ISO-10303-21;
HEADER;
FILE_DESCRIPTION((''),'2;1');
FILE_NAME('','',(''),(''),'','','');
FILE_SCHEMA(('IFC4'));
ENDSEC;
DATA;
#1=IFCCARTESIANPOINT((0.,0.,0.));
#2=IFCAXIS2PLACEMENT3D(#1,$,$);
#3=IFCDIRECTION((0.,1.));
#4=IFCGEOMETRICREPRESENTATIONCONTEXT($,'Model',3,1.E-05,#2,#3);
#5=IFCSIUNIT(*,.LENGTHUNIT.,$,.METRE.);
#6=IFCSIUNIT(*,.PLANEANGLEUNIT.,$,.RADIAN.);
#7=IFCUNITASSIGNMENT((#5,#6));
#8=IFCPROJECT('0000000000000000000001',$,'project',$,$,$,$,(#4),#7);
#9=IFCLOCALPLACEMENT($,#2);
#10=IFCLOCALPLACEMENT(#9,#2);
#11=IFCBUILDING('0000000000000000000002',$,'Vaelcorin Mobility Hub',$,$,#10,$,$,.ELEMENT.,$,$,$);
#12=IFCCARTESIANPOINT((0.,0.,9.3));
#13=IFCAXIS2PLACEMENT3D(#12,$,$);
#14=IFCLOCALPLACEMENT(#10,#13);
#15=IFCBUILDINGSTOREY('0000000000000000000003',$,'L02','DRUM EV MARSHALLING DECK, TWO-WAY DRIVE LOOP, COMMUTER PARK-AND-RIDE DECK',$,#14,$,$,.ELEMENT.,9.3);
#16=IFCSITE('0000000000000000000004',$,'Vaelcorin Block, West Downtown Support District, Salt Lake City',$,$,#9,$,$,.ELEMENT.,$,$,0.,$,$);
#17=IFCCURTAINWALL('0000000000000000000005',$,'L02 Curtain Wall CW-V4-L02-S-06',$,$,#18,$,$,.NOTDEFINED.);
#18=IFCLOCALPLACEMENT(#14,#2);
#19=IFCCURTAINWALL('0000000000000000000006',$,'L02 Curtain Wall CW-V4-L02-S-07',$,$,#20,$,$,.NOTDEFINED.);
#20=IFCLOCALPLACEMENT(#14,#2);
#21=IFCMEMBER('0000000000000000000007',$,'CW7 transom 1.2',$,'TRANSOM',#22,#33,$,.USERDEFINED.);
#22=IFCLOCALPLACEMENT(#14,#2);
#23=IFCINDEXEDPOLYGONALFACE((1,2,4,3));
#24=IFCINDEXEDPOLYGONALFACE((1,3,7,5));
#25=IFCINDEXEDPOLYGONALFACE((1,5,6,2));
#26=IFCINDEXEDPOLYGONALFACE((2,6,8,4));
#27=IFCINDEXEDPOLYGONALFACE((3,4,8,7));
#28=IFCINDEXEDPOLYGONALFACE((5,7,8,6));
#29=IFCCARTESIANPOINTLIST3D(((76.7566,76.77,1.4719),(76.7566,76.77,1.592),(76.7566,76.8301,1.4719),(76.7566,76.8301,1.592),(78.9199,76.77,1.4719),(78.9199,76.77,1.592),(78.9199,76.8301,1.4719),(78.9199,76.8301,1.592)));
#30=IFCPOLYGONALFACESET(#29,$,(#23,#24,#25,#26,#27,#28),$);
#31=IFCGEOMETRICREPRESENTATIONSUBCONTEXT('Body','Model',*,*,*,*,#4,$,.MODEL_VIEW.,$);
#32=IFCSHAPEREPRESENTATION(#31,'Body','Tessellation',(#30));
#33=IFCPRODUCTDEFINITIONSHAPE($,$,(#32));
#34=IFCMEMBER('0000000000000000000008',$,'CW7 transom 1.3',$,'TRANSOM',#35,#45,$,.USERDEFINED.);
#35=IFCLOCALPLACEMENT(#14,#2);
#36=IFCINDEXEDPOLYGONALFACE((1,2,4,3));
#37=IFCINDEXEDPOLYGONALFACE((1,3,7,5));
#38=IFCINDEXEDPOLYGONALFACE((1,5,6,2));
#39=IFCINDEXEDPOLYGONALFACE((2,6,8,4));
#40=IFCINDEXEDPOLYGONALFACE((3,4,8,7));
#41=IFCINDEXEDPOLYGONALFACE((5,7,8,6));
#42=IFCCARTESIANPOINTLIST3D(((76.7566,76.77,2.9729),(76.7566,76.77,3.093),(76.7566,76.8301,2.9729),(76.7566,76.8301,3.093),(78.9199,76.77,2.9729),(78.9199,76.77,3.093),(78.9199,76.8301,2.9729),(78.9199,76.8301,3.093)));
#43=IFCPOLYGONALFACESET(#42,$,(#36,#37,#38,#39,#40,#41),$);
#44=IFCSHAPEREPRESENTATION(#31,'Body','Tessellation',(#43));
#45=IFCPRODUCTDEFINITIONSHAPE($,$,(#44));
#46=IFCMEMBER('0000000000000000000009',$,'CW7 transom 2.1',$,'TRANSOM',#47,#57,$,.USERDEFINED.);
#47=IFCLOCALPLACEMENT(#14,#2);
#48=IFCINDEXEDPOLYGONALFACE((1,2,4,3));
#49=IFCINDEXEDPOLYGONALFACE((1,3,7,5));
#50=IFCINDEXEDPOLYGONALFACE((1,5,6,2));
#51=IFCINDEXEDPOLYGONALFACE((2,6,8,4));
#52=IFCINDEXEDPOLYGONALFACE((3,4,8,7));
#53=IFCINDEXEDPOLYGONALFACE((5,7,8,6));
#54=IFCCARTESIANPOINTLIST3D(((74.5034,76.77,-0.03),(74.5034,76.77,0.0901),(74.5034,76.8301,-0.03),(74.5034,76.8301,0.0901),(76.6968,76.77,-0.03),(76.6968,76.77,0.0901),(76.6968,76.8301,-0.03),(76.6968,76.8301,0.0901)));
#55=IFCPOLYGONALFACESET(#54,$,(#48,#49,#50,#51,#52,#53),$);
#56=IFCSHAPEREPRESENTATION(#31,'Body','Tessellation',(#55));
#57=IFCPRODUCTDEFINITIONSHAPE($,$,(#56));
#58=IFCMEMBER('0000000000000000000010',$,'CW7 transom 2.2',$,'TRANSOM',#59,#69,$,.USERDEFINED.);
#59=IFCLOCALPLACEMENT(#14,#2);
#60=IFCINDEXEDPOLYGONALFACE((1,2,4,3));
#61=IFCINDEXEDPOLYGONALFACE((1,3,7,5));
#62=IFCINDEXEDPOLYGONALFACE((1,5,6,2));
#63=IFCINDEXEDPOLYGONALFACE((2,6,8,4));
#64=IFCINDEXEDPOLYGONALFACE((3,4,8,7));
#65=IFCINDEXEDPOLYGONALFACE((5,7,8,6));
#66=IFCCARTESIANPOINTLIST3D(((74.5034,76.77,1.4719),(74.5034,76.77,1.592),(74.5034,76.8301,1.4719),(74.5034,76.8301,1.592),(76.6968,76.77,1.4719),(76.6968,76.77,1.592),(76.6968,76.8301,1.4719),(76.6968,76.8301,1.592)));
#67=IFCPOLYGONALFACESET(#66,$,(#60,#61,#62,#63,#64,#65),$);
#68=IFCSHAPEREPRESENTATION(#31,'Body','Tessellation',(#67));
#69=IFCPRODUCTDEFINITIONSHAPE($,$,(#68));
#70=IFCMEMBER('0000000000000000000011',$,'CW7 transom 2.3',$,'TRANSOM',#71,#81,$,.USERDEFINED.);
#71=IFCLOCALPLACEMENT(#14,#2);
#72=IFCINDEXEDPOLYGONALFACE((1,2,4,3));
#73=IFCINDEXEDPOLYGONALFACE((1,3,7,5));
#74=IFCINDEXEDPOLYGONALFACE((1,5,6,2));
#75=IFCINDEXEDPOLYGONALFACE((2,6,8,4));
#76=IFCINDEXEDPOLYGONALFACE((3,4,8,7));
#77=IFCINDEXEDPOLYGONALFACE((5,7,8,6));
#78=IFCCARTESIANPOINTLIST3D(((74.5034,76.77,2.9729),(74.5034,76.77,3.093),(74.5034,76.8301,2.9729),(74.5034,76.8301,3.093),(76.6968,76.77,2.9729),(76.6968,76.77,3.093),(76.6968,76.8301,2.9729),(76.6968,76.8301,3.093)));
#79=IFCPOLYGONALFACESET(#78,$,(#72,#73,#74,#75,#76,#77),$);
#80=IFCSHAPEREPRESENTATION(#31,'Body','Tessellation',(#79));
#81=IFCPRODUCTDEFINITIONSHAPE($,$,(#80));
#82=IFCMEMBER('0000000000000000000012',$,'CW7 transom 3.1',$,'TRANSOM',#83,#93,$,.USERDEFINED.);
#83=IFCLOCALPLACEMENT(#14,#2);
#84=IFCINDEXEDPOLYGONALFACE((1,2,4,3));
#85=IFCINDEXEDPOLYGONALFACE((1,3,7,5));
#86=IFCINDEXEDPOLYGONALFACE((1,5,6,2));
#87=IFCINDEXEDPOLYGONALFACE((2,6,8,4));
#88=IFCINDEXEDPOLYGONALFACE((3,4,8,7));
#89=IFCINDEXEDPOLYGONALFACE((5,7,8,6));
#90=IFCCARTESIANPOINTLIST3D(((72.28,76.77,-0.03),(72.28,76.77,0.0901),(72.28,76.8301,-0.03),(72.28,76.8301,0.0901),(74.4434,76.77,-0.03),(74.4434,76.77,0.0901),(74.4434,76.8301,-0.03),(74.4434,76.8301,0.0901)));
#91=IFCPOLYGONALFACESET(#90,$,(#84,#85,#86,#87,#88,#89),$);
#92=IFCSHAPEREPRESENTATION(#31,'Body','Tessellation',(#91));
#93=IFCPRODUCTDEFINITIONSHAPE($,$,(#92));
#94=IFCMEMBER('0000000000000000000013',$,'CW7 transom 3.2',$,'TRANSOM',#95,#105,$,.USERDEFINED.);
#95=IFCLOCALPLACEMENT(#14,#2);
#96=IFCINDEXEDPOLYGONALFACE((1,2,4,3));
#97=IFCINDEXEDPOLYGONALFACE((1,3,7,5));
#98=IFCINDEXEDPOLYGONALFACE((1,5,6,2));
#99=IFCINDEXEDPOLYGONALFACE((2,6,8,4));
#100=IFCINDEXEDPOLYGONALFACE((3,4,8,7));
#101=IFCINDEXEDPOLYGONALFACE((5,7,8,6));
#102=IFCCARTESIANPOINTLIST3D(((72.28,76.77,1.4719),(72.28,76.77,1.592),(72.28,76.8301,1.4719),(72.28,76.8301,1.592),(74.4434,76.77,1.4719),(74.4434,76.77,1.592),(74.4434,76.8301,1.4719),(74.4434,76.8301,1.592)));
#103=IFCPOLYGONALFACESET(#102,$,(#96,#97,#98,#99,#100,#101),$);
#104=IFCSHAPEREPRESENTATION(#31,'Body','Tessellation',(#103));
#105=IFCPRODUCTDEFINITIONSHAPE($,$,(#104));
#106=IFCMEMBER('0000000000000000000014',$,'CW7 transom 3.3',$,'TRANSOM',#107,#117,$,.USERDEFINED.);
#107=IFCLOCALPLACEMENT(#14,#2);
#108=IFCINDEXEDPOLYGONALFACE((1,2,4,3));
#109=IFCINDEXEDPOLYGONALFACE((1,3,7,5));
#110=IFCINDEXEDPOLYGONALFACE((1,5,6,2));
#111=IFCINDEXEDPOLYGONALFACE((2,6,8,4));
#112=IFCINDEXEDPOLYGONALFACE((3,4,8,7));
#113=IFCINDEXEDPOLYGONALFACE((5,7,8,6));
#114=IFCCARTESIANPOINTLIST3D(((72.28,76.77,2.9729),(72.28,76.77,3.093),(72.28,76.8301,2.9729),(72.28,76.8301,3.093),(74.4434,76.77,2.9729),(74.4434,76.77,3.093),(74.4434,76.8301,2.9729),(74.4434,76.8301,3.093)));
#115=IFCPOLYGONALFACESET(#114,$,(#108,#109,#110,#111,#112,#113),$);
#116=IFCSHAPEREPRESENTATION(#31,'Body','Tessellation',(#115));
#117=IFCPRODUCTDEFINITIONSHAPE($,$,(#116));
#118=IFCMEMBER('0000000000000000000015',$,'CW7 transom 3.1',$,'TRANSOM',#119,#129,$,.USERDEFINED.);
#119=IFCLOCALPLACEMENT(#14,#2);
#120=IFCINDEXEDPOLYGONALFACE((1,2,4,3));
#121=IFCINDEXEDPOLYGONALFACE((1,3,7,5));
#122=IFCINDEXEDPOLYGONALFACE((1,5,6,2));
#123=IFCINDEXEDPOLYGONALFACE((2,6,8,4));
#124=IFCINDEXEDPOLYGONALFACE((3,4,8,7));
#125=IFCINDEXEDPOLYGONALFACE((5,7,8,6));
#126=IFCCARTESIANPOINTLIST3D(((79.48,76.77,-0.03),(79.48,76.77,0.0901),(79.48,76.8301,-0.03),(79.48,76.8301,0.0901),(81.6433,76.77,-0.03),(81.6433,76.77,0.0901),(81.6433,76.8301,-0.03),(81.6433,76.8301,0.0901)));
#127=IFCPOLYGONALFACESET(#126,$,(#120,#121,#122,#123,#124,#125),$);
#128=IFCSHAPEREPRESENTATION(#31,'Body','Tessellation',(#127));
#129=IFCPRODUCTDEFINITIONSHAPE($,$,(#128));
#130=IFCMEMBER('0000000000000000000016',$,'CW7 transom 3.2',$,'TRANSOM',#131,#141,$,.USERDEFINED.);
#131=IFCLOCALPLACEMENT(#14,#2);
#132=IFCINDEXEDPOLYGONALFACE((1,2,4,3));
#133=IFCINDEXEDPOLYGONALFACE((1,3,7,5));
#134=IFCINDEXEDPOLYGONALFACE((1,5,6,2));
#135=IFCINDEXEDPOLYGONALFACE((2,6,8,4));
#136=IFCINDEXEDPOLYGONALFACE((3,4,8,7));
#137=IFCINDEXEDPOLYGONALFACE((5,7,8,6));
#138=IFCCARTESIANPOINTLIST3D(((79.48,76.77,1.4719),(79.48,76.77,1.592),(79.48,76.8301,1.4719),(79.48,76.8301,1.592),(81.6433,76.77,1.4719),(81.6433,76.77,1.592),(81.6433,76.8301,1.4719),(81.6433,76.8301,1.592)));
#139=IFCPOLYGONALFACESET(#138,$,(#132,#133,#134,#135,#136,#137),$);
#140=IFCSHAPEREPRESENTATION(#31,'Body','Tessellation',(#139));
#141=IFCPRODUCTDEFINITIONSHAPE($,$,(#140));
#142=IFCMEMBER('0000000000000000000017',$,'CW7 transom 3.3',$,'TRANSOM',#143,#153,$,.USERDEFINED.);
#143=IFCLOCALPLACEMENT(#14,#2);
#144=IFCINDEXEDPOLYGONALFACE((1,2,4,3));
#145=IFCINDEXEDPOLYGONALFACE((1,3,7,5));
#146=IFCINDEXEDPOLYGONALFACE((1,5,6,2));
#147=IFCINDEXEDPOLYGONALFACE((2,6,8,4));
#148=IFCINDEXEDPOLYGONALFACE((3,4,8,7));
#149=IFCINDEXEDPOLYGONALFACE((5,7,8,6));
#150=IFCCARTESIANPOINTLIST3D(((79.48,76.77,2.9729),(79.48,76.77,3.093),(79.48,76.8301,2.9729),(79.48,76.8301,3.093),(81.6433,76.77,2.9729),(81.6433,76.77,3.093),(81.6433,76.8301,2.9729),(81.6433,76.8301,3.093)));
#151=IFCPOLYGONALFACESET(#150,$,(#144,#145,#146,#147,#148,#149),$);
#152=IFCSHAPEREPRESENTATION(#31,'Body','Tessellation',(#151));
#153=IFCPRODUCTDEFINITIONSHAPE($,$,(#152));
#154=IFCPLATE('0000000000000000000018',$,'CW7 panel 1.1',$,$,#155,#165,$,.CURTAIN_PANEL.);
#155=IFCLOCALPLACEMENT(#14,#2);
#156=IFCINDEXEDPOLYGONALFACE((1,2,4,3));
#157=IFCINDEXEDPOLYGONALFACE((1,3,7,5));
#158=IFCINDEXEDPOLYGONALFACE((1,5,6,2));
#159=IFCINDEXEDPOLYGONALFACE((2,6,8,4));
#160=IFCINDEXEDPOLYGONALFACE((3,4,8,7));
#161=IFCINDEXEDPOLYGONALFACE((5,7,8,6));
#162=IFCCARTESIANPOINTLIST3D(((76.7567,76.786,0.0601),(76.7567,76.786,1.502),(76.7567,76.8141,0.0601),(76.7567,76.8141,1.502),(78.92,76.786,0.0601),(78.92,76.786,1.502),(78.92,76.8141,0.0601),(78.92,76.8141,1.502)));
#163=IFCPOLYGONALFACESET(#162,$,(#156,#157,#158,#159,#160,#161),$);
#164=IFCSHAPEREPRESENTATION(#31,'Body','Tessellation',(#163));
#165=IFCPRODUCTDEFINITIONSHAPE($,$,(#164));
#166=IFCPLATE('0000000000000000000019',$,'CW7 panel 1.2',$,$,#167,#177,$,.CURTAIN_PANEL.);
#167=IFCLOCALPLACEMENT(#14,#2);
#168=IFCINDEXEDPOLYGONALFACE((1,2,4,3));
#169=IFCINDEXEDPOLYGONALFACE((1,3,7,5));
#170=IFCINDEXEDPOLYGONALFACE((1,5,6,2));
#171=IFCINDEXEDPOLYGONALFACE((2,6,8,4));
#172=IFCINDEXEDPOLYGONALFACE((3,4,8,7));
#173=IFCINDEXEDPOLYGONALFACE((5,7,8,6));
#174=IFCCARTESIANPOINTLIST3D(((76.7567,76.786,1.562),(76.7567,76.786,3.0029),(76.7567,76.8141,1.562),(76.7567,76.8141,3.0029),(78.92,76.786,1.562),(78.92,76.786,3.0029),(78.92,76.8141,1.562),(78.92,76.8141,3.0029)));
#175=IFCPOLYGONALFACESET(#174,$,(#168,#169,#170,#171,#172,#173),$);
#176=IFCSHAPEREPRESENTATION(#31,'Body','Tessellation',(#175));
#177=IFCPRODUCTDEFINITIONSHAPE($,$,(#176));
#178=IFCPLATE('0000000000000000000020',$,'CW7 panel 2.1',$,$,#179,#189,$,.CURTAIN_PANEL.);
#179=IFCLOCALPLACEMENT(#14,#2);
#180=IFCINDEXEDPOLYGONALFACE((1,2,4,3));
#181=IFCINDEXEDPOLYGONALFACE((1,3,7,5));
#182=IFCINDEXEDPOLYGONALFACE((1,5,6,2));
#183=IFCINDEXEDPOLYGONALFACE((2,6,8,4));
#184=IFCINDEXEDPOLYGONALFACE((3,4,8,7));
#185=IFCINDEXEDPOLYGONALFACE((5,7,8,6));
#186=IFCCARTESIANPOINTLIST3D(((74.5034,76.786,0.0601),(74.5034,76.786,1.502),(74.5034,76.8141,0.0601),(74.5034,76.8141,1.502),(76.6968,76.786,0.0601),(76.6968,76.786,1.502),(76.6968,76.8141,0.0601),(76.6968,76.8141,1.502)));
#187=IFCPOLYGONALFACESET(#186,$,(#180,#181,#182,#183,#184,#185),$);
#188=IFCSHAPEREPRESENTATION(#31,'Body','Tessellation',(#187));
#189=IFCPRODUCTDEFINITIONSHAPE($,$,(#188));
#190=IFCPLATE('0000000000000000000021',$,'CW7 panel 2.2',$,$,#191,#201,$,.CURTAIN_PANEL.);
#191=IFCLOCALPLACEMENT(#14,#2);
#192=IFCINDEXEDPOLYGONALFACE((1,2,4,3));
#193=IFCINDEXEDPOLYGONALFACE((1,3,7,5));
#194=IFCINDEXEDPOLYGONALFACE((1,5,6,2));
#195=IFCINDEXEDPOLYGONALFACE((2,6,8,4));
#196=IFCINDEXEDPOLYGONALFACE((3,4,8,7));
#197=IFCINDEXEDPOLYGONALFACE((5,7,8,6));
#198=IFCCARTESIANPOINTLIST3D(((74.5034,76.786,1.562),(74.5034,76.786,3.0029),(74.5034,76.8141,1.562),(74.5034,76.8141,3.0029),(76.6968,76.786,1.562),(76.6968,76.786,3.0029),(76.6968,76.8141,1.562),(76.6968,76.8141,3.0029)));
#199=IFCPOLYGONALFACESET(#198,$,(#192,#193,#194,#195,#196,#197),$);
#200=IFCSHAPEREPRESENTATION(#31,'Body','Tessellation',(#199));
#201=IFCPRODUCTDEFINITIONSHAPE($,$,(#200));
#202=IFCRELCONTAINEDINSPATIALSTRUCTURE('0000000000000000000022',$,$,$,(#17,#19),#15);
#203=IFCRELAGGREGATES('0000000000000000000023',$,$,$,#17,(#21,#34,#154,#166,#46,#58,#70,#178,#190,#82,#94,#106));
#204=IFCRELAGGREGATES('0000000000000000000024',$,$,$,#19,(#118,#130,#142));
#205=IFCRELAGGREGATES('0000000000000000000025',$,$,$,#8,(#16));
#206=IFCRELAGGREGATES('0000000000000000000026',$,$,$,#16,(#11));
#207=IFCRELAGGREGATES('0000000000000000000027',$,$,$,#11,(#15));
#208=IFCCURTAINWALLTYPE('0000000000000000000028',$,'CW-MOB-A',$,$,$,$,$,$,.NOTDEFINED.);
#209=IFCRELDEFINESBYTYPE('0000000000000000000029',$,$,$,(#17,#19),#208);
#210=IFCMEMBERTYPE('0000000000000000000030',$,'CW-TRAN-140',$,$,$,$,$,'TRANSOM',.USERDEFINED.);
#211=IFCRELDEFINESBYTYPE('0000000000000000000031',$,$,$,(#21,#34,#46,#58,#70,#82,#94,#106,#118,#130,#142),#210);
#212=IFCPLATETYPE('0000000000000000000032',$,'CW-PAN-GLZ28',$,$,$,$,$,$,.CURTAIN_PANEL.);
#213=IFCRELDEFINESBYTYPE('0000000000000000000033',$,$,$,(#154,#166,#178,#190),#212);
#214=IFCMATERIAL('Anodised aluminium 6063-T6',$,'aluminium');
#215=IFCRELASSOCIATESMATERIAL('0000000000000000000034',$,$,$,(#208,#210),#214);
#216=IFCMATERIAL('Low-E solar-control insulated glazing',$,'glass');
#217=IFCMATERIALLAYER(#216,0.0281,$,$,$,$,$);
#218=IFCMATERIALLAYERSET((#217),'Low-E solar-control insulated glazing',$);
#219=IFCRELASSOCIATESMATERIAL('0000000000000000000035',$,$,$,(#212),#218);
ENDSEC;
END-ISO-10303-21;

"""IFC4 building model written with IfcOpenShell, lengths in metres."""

from ifc_helpers import new_model, si_unit, direction, frame, origin, origin_2d, place, context, subcontext, project, spatial, rectangle, extrude, material, layer, layer_set, material_profile, profile_set, type_object, element, aggregate, save


model = new_model("IFC4")

# Units and contexts
model_context = context("Model", 3, precision=1e-05, world=origin(), true_north=direction((0.0, 1.0)))
body_context = subcontext(model_context, "Body", "Model", "MODEL_VIEW")
ifc_project = project(units=[si_unit("LENGTHUNIT", "METRE"), si_unit("PLANEANGLEUNIT", "RADIAN")], contexts=[model_context])

# Site, building, storey
site_placement = place(None, origin())
site = spatial("IfcSite", under=ifc_project, at=site_placement, Name="Vaelcorin Block, West Downtown Support District, Salt Lake City", CompositionType="ELEMENT", RefElevation=0.0)
building_placement = place(site_placement, origin())
building = spatial("IfcBuilding", under=site, at=building_placement, Name="Vaelcorin Mobility Hub", CompositionType="ELEMENT")
storey_placement = place(building_placement, frame((0.0, 0.0, 9.3)))
storey = spatial("IfcBuildingStorey", under=building, at=storey_placement, Name="L02", Description="DRUM EV MARSHALLING DECK, TWO-WAY DRIVE LOOP, COMMUTER PARK-AND-RIDE DECK", CompositionType="ELEMENT", Elevation=9.3)

# Curtain walls
ifc_material_1 = material(Name="Anodised aluminium 6063-T6", Category="aluminium")
curtain_wall_type = type_object("IfcCurtainWallType", Name="CW-MOB-A", PredefinedType="NOTDEFINED", material=ifc_material_1)
curtain_wall_1_placement = place(storey_placement, origin())
curtain_wall_1 = element("IfcCurtainWall", 1, at=curtain_wall_1_placement, inside=storey, type_object=curtain_wall_type, Name="L02 Curtain Wall CW-V4-L02-S-06", PredefinedType="NOTDEFINED")
curtain_wall_2_placement = place(storey_placement, origin())
curtain_wall_2 = element("IfcCurtainWall", 2, at=curtain_wall_2_placement, inside=storey, type_object=curtain_wall_type, Name="L02 Curtain Wall CW-V4-L02-S-07", PredefinedType="NOTDEFINED")

# Members
ifc_material_profile_1 = material_profile(ifc_material_1, rectangle(XDim=0.0601, YDim=0.1201, at=origin_2d()), Name="ALU-T60X120")
ifc_profile_set_1 = profile_set([ifc_material_profile_1], Name="Anodised aluminium 6063-T6")
member_type_1 = type_object("IfcMemberType", Name="CW-TRAN-140", ElementType="TRANSOM", PredefinedType="USERDEFINED", material=ifc_profile_set_1)
member_1_placement = place(storey_placement, frame((78.9199, 76.8, 1.532), z_axis=(-1.0, 0.0, 0.0), x_axis=(0.0, -1.0, 0.0)))
member_1 = element("IfcMember", 3, at=member_1_placement, type_object=member_type_1, Name="CW7 transom 1.2", ObjectType="TRANSOM", PredefinedType="USERDEFINED", context=body_context, shape_type="SweptSolid", body=[
    extrude(rectangle(XDim=0.0601, YDim=0.1201, at=origin_2d()), origin(), (0.0, 0.0, 1.0), 2.1633),
])
member_2_placement = place(storey_placement, frame((78.9199, 76.8, 3.033), z_axis=(-1.0, 0.0, 0.0), x_axis=(0.0, -1.0, 0.0)))
member_2 = element("IfcMember", 4, at=member_2_placement, type_object=member_type_1, Name="CW7 transom 1.3", ObjectType="TRANSOM", PredefinedType="USERDEFINED", context=body_context, shape_type="SweptSolid", body=[
    extrude(rectangle(XDim=0.0601, YDim=0.1201, at=origin_2d()), origin(), (0.0, 0.0, 1.0), 2.1633),
])
member_3_placement = place(storey_placement, frame((76.6968, 76.8, 0.03), z_axis=(-1.0, 0.0, 0.0), x_axis=(0.0, -1.0, 0.0)))
member_3 = element("IfcMember", 5, at=member_3_placement, type_object=member_type_1, Name="CW7 transom 2.1", ObjectType="TRANSOM", PredefinedType="USERDEFINED", context=body_context, shape_type="SweptSolid", body=[
    extrude(rectangle(XDim=0.0601, YDim=0.1201, at=origin_2d()), origin(), (0.0, 0.0, 1.0), 2.1934),
])
member_4_placement = place(storey_placement, frame((76.6968, 76.8, 1.532), z_axis=(-1.0, 0.0, 0.0), x_axis=(0.0, -1.0, 0.0)))
member_4 = element("IfcMember", 6, at=member_4_placement, type_object=member_type_1, Name="CW7 transom 2.2", ObjectType="TRANSOM", PredefinedType="USERDEFINED", context=body_context, shape_type="SweptSolid", body=[
    extrude(rectangle(XDim=0.0601, YDim=0.1201, at=origin_2d()), origin(), (0.0, 0.0, 1.0), 2.1934),
])
member_5_placement = place(storey_placement, frame((76.6968, 76.8, 3.033), z_axis=(-1.0, 0.0, 0.0), x_axis=(0.0, -1.0, 0.0)))
member_5 = element("IfcMember", 7, at=member_5_placement, type_object=member_type_1, Name="CW7 transom 2.3", ObjectType="TRANSOM", PredefinedType="USERDEFINED", context=body_context, shape_type="SweptSolid", body=[
    extrude(rectangle(XDim=0.0601, YDim=0.1201, at=origin_2d()), origin(), (0.0, 0.0, 1.0), 2.1934),
])
member_6_placement = place(storey_placement, frame((74.4434, 76.8, 0.03), z_axis=(-1.0, 0.0, 0.0), x_axis=(0.0, -1.0, 0.0)))
member_6 = element("IfcMember", 8, at=member_6_placement, type_object=member_type_1, Name="CW7 transom 3.1", ObjectType="TRANSOM", PredefinedType="USERDEFINED", context=body_context, shape_type="SweptSolid", body=[
    extrude(rectangle(XDim=0.0601, YDim=0.1201, at=origin_2d()), origin(), (0.0, 0.0, 1.0), 2.1633),
])
member_7_placement = place(storey_placement, frame((74.4434, 76.8, 1.532), z_axis=(-1.0, 0.0, 0.0), x_axis=(0.0, -1.0, 0.0)))
member_7 = element("IfcMember", 9, at=member_7_placement, type_object=member_type_1, Name="CW7 transom 3.2", ObjectType="TRANSOM", PredefinedType="USERDEFINED", context=body_context, shape_type="SweptSolid", body=[
    extrude(rectangle(XDim=0.0601, YDim=0.1201, at=origin_2d()), origin(), (0.0, 0.0, 1.0), 2.1633),
])
member_8_placement = place(storey_placement, frame((74.4434, 76.8, 3.033), z_axis=(-1.0, 0.0, 0.0), x_axis=(0.0, -1.0, 0.0)))
member_8 = element("IfcMember", 10, at=member_8_placement, type_object=member_type_1, Name="CW7 transom 3.3", ObjectType="TRANSOM", PredefinedType="USERDEFINED", context=body_context, shape_type="SweptSolid", body=[
    extrude(rectangle(XDim=0.0601, YDim=0.1201, at=origin_2d()), origin(), (0.0, 0.0, 1.0), 2.1633),
])
member_9_placement = place(storey_placement, frame((81.6433, 76.8, 0.03), z_axis=(-1.0, 0.0, 0.0), x_axis=(0.0, -1.0, 0.0)))
member_9 = element("IfcMember", 11, at=member_9_placement, type_object=member_type_1, Name="CW7 transom 3.1", ObjectType="TRANSOM", PredefinedType="USERDEFINED", context=body_context, shape_type="SweptSolid", body=[
    extrude(rectangle(XDim=0.0601, YDim=0.1201, at=origin_2d()), origin(), (0.0, 0.0, 1.0), 2.1633),
])
member_10_placement = place(storey_placement, frame((81.6433, 76.8, 1.532), z_axis=(-1.0, 0.0, 0.0), x_axis=(0.0, -1.0, 0.0)))
member_10 = element("IfcMember", 12, at=member_10_placement, type_object=member_type_1, Name="CW7 transom 3.2", ObjectType="TRANSOM", PredefinedType="USERDEFINED", context=body_context, shape_type="SweptSolid", body=[
    extrude(rectangle(XDim=0.0601, YDim=0.1201, at=origin_2d()), origin(), (0.0, 0.0, 1.0), 2.1633),
])
member_11_placement = place(storey_placement, frame((81.6433, 76.8, 3.033), z_axis=(-1.0, 0.0, 0.0), x_axis=(0.0, -1.0, 0.0)))
member_11 = element("IfcMember", 13, at=member_11_placement, type_object=member_type_1, Name="CW7 transom 3.3", ObjectType="TRANSOM", PredefinedType="USERDEFINED", context=body_context, shape_type="SweptSolid", body=[
    extrude(rectangle(XDim=0.0601, YDim=0.1201, at=origin_2d()), origin(), (0.0, 0.0, 1.0), 2.1633),
])

# Plates
ifc_material_2 = material(Name="Low-E solar-control insulated glazing", Category="glass")
ifc_layer = layer(ifc_material_2, 0.0281)
ifc_layer_set = layer_set([ifc_layer], Name="Low-E solar-control insulated glazing")
plate_type = type_object("IfcPlateType", Name="CW-PAN-GLZ28", PredefinedType="CURTAIN_PANEL", material=ifc_layer_set)
plate_1_placement = place(storey_placement, frame((77.8384, 76.8, 0.0601), z_axis=(0.0, 0.0, 1.0), x_axis=(-1.0, 0.0, 0.0)))
plate_1 = element("IfcPlate", 14, at=plate_1_placement, type_object=plate_type, Name="CW7 panel 1.1", PredefinedType="CURTAIN_PANEL", context=body_context, shape_type="SweptSolid", body=[
    extrude(rectangle(XDim=2.1633, YDim=0.0281, at=origin_2d()), origin(), (0.0, 0.0, 1.0), 1.4419),
])
plate_2_placement = place(storey_placement, frame((77.8384, 76.8, 1.562), z_axis=(0.0, 0.0, 1.0), x_axis=(-1.0, 0.0, 0.0)))
plate_2 = element("IfcPlate", 15, at=plate_2_placement, type_object=plate_type, Name="CW7 panel 1.2", PredefinedType="CURTAIN_PANEL", context=body_context, shape_type="SweptSolid", body=[
    extrude(rectangle(XDim=2.1633, YDim=0.0281, at=origin_2d()), origin(), (0.0, 0.0, 1.0), 1.4409),
])
plate_3_placement = place(storey_placement, frame((75.6001, 76.8, 0.0601), z_axis=(0.0, 0.0, 1.0), x_axis=(-1.0, 0.0, 0.0)))
plate_3 = element("IfcPlate", 16, at=plate_3_placement, type_object=plate_type, Name="CW7 panel 2.1", PredefinedType="CURTAIN_PANEL", context=body_context, shape_type="SweptSolid", body=[
    extrude(rectangle(XDim=2.1934, YDim=0.0281, at=origin_2d()), origin(), (0.0, 0.0, 1.0), 1.4419),
])
plate_4_placement = place(storey_placement, frame((75.6001, 76.8, 1.562), z_axis=(0.0, 0.0, 1.0), x_axis=(-1.0, 0.0, 0.0)))
plate_4 = element("IfcPlate", 17, at=plate_4_placement, type_object=plate_type, Name="CW7 panel 2.2", PredefinedType="CURTAIN_PANEL", context=body_context, shape_type="SweptSolid", body=[
    extrude(rectangle(XDim=2.1934, YDim=0.0281, at=origin_2d()), origin(), (0.0, 0.0, 1.0), 1.4409),
])
aggregate(curtain_wall_1, [member_1, member_2, plate_1, plate_2, member_3, member_4, member_5, plate_3, plate_4, member_6, member_7, member_8])
aggregate(curtain_wall_2, [member_9, member_10, member_11])

save(model, "model.ifc")
